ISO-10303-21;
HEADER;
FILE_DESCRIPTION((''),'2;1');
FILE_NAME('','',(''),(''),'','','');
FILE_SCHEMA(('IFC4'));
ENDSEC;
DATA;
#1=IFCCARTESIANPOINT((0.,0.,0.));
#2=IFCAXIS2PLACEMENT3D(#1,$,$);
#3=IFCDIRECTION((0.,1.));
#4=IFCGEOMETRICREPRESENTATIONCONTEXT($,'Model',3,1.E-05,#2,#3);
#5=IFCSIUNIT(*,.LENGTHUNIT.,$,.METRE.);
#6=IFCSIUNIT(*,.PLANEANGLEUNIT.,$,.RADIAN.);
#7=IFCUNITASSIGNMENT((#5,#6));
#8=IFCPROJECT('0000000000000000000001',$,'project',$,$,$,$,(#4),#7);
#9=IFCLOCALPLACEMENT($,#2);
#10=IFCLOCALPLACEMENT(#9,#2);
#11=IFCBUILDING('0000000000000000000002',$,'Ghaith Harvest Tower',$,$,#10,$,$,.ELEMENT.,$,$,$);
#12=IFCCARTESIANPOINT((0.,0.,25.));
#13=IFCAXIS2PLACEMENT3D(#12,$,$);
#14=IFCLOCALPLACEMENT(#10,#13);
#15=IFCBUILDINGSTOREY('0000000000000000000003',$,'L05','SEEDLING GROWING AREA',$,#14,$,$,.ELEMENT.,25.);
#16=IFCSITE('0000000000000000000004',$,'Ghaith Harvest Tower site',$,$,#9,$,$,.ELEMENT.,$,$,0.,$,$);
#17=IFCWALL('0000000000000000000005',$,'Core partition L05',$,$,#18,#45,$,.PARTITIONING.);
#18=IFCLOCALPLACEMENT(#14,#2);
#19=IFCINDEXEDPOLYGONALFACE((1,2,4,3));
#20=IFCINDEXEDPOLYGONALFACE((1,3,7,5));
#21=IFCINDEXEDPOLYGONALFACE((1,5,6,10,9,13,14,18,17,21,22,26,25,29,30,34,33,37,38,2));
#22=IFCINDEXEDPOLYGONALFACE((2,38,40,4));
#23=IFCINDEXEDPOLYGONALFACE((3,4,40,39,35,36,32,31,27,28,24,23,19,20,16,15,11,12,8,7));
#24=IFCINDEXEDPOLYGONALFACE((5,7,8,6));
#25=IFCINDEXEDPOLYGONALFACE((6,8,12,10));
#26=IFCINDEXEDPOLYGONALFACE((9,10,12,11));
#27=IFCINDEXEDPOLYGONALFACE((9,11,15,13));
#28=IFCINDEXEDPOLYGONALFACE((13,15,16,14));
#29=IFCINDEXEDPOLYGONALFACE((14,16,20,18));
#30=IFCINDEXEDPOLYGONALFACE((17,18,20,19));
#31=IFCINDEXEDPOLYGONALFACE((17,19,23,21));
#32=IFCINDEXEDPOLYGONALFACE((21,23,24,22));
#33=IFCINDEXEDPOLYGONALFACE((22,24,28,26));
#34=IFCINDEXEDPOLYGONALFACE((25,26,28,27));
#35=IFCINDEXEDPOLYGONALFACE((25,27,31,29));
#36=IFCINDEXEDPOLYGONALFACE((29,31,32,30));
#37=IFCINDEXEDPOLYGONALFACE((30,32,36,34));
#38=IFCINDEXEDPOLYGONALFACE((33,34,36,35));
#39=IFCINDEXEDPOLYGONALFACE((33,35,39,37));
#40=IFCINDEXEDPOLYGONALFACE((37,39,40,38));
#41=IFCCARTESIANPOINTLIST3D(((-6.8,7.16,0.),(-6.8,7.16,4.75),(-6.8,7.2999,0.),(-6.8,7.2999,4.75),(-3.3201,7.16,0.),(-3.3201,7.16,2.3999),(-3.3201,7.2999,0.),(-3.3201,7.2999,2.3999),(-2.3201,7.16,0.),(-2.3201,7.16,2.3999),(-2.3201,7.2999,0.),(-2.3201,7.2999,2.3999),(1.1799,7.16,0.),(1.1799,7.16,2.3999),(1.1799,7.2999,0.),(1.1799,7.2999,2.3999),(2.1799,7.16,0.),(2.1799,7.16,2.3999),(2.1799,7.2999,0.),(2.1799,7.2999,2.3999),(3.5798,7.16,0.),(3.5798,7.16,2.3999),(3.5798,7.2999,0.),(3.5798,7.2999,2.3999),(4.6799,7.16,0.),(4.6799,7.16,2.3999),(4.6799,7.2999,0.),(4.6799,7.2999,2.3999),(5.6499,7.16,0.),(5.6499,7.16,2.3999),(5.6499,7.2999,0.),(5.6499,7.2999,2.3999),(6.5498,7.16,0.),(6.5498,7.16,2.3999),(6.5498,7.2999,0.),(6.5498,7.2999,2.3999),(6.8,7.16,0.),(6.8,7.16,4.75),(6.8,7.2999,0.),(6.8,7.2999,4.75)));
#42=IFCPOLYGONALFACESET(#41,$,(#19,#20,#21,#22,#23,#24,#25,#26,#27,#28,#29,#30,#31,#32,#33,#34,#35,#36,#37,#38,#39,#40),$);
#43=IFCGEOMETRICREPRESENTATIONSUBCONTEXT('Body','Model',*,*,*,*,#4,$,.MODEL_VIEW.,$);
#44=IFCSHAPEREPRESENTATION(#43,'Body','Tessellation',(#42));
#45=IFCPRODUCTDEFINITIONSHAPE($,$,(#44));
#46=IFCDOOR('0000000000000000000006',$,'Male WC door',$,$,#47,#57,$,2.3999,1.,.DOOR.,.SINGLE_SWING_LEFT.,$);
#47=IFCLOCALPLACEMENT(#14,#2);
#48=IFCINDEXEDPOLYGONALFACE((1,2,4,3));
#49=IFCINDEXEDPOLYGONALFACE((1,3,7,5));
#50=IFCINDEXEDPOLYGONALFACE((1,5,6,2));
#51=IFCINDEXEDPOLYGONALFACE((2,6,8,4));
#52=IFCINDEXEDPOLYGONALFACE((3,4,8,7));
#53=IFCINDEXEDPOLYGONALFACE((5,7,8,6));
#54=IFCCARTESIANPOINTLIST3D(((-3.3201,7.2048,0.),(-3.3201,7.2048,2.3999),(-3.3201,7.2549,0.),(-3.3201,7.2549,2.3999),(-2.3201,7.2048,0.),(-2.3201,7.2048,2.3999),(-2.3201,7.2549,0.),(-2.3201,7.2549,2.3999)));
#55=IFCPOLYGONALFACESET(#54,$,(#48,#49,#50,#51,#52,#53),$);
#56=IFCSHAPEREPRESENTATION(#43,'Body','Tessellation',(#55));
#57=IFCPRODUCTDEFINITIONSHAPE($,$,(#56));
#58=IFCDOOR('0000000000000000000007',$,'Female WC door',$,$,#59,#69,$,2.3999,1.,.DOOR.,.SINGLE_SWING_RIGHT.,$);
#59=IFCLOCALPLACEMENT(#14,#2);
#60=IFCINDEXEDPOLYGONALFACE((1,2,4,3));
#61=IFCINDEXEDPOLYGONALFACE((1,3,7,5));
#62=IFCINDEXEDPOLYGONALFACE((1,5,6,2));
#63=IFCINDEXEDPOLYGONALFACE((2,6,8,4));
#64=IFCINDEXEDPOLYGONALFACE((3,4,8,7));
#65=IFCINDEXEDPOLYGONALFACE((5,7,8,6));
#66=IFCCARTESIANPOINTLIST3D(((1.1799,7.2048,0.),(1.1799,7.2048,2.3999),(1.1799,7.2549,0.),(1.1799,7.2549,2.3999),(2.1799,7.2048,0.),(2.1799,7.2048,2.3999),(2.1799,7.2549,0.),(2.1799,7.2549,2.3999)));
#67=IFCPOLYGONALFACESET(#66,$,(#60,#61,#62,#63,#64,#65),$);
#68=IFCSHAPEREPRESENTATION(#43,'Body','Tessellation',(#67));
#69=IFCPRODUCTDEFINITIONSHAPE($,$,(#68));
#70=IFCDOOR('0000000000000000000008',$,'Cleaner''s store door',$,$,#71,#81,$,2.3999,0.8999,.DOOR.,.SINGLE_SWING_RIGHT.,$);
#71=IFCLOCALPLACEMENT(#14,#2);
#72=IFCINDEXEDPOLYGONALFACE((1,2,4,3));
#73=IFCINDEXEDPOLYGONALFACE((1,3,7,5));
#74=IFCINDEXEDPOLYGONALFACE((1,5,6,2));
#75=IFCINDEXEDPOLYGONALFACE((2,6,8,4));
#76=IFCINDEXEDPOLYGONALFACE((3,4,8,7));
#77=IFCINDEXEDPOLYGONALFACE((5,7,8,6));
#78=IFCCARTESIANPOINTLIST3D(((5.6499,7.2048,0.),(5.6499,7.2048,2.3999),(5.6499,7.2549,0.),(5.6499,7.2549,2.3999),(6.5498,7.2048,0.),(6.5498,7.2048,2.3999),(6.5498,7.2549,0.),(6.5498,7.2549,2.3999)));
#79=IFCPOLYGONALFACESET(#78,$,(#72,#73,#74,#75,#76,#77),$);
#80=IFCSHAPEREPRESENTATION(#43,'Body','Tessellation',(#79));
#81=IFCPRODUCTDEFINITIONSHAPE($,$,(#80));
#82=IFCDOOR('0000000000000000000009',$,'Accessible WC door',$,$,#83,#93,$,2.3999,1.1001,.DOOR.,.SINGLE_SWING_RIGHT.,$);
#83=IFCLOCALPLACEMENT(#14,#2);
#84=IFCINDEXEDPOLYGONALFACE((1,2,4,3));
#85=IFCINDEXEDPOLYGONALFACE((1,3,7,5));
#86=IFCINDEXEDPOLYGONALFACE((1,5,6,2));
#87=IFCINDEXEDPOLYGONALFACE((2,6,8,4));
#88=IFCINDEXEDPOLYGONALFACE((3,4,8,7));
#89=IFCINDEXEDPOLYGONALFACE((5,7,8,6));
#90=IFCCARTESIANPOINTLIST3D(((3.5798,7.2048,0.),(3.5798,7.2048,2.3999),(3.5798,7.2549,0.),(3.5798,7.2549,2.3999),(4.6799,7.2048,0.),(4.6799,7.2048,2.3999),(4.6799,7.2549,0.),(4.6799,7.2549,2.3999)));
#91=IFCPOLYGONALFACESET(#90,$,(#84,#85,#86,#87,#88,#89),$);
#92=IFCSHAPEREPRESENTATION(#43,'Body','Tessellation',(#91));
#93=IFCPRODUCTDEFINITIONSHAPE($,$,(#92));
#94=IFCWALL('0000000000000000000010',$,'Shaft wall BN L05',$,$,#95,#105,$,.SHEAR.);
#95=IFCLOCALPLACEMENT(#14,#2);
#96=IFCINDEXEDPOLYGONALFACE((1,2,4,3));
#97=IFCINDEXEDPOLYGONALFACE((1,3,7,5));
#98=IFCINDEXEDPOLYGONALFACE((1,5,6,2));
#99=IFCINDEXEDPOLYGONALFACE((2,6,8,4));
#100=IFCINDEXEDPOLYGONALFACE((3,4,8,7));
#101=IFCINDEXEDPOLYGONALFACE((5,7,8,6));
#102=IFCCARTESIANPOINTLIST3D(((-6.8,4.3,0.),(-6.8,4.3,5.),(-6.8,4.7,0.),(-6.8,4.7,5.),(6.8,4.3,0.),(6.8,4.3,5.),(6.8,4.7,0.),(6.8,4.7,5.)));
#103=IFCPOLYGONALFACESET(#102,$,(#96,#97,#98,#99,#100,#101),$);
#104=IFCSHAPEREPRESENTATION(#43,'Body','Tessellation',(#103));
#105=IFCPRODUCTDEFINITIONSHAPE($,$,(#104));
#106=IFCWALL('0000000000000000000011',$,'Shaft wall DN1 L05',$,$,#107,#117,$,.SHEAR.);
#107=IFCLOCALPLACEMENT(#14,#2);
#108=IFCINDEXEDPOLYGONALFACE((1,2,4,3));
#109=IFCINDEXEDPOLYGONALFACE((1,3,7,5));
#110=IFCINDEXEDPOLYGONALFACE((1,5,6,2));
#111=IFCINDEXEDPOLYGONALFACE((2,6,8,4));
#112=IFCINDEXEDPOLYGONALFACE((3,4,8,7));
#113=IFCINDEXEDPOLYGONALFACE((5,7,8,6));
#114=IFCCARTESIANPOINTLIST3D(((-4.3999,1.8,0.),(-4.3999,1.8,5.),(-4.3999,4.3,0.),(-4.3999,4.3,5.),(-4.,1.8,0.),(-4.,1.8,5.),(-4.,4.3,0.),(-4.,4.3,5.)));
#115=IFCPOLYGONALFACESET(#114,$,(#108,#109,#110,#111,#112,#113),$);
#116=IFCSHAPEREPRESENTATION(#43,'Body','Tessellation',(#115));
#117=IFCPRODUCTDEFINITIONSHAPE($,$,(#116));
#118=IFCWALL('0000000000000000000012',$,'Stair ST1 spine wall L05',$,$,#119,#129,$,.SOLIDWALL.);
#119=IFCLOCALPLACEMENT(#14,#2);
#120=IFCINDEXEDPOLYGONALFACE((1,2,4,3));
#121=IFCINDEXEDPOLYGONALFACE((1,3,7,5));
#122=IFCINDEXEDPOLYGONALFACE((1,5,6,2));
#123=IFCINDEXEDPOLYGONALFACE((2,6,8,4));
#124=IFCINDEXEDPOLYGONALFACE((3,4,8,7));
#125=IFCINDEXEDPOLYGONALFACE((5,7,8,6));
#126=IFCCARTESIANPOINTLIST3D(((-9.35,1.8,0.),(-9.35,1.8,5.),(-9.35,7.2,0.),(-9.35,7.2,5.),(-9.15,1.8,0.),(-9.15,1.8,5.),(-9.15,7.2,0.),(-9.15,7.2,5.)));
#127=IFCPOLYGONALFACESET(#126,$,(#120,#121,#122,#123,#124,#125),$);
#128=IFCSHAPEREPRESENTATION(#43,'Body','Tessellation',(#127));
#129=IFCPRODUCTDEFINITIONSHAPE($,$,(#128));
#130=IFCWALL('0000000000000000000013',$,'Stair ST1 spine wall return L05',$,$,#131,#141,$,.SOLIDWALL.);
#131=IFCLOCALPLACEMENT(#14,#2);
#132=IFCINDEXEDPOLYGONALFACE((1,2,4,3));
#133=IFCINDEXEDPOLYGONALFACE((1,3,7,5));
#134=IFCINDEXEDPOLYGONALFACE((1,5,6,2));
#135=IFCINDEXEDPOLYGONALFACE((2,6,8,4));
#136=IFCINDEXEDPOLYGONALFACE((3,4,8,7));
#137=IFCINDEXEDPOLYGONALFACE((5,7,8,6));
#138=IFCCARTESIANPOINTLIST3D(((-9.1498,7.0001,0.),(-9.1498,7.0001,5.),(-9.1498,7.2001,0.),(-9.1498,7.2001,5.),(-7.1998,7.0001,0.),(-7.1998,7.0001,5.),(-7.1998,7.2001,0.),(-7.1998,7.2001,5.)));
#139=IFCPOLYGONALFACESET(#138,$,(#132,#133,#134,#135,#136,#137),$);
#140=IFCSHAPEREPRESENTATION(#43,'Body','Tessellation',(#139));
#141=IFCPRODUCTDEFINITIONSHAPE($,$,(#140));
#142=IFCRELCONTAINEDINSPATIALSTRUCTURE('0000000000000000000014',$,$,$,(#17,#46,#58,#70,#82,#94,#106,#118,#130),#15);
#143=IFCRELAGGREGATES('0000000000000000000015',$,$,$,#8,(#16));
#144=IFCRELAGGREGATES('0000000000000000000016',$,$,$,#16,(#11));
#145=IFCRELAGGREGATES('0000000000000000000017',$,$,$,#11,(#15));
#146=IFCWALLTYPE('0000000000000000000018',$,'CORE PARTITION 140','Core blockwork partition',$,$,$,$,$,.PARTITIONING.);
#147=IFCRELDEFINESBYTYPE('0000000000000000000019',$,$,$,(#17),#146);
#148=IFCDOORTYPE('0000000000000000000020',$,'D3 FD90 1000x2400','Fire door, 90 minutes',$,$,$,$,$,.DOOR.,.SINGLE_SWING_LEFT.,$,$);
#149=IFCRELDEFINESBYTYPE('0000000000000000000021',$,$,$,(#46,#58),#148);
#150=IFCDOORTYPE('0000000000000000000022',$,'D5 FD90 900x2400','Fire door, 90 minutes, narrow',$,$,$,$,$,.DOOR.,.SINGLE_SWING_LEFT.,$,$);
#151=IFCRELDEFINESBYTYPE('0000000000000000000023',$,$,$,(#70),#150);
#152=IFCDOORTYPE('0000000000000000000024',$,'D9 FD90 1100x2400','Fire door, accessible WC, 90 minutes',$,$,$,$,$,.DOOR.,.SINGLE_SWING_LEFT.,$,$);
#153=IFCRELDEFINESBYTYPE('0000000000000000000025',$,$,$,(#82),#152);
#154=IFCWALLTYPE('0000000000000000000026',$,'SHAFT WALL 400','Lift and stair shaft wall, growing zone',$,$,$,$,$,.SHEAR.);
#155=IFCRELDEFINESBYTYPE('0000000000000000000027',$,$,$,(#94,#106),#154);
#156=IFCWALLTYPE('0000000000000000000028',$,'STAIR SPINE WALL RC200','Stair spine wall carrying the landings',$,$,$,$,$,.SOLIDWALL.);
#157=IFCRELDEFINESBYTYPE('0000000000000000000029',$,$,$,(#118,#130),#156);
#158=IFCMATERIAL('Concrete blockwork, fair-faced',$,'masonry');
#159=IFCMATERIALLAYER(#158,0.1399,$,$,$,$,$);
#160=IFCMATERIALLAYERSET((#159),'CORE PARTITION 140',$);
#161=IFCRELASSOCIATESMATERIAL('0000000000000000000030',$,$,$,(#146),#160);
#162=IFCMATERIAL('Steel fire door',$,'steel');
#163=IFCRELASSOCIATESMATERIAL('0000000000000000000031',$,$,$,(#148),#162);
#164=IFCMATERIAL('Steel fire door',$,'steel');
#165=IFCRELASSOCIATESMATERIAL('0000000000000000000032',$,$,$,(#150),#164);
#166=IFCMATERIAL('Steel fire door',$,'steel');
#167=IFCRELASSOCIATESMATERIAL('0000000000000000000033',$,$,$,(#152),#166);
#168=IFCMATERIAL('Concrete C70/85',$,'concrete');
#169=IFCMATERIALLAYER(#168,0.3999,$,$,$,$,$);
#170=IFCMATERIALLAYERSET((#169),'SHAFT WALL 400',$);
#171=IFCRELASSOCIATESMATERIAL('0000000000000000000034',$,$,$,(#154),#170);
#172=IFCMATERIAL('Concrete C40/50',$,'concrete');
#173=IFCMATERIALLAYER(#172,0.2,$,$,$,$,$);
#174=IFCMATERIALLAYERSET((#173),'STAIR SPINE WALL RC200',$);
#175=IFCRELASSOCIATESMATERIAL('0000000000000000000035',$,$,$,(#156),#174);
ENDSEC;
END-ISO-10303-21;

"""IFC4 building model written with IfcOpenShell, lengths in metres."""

from ifc_helpers import new_model, si_unit, direction, frame, frame_2d, origin, place, context, subcontext, project, spatial, rectangle, extrude, material, layer, layer_set, type_object, element, fill, save


model = new_model("IFC4")

# Units and contexts
model_context = context("Model", 3, precision=1e-05, world=origin(), true_north=direction((0.0, 1.0)))
body_context = subcontext(model_context, "Body", "Model", "MODEL_VIEW")
ifc_project = project(units=[si_unit("LENGTHUNIT", "METRE"), si_unit("PLANEANGLEUNIT", "RADIAN")], contexts=[model_context])

# Site, building, storey
site_placement = place(None, origin())
site = spatial("IfcSite", under=ifc_project, at=site_placement, Name="Ghaith Harvest Tower site", CompositionType="ELEMENT", RefElevation=0.0)
building_placement = place(site_placement, origin())
building = spatial("IfcBuilding", under=site, at=building_placement, Name="Ghaith Harvest Tower", CompositionType="ELEMENT")
storey_placement = place(building_placement, frame((0.0, 0.0, 25.0)))
storey = spatial("IfcBuildingStorey", under=building, at=storey_placement, Name="L05", Description="SEEDLING GROWING AREA", CompositionType="ELEMENT", Elevation=25.0)

# Wall, openings, doors
ifc_material_1 = material(Name="Concrete blockwork, fair-faced", Category="masonry")
ifc_layer_1 = layer(ifc_material_1, 0.1399)
ifc_layer_set_1 = layer_set([ifc_layer_1], Name="CORE PARTITION 140")
wall_type_1 = type_object("IfcWallType", Name="CORE PARTITION 140", Description="Core blockwork partition", PredefinedType="PARTITIONING", material=ifc_layer_set_1)
wall_1_placement = place(storey_placement, frame((-6.8, 7.23, 0.0), z_axis=(0.0, 0.0, 1.0), x_axis=(1.0, 0.0, 0.0)))
wall_1 = element("IfcWall", 1, at=wall_1_placement, inside=storey, type_object=wall_type_1, Name="Core partition L05", PredefinedType="PARTITIONING", context=body_context, shape_type="SweptSolid", body=[
    extrude(rectangle(XDim=13.6001, YDim=0.1399, at=frame_2d((6.8, 0.0))), origin(), (0.0, 0.0, 1.0), 4.75),
])
opening_1_placement = place(wall_1_placement, frame((3.48, 0.0, 0.0)))
opening_1 = element("IfcOpeningElement", 2, at=opening_1_placement, cuts=wall_1, PredefinedType="OPENING", context=body_context, shape_type="SweptSolid", body=[
    extrude(rectangle(XDim=1.0, YDim=2.3999, at=frame_2d((0.5, 1.2))), frame((0.0, 0.0801, 0.0), z_axis=(0.0, -1.0, 0.0), x_axis=(1.0, 0.0, 0.0)), (0.0, 0.0, 1.0), 0.1599),
])
opening_2_placement = place(wall_1_placement, frame((7.98, 0.0, 0.0)))
opening_2 = element("IfcOpeningElement", 3, at=opening_2_placement, cuts=wall_1, PredefinedType="OPENING", context=body_context, shape_type="SweptSolid", body=[
    extrude(rectangle(XDim=1.0, YDim=2.3999, at=frame_2d((0.5, 1.2))), frame((0.0, 0.0801, 0.0), z_axis=(0.0, -1.0, 0.0), x_axis=(1.0, 0.0, 0.0)), (0.0, 0.0, 1.0), 0.1599),
])
opening_3_placement = place(wall_1_placement, frame((10.3799, 0.0, 0.0)))
opening_3 = element("IfcOpeningElement", 4, at=opening_3_placement, cuts=wall_1, PredefinedType="OPENING", context=body_context, shape_type="SweptSolid", body=[
    extrude(rectangle(XDim=1.1001, YDim=2.3999, at=frame_2d((0.55, 1.2))), frame((0.0, 0.0801, 0.0), z_axis=(0.0, -1.0, 0.0), x_axis=(1.0, 0.0, 0.0)), (0.0, 0.0, 1.0), 0.1599),
])
opening_4_placement = place(wall_1_placement, frame((12.45, 0.0, 0.0)))
opening_4 = element("IfcOpeningElement", 5, at=opening_4_placement, cuts=wall_1, PredefinedType="OPENING", context=body_context, shape_type="SweptSolid", body=[
    extrude(rectangle(XDim=0.8999, YDim=2.3999, at=frame_2d((0.45, 1.2))), frame((0.0, 0.0801, 0.0), z_axis=(0.0, -1.0, 0.0), x_axis=(1.0, 0.0, 0.0)), (0.0, 0.0, 1.0), 0.1599),
])
ifc_material_2 = material(Name="Steel fire door", Category="steel")
door_type_1 = type_object("IfcDoorType", Name="D3 FD90 1000x2400", Description="Fire door, 90 minutes", OperationType="SINGLE_SWING_LEFT", PredefinedType="DOOR", material=ifc_material_2)
door_1_placement = place(opening_1_placement, origin())
door_1 = element("IfcDoor", 6, at=door_1_placement, inside=storey, type_object=door_type_1, Name="Male WC door", OperationType="SINGLE_SWING_LEFT", OverallHeight=2.3999, OverallWidth=1.0, PredefinedType="DOOR", context=body_context, shape_type="SweptSolid", body=[
    extrude(rectangle(XDim=1.0, YDim=2.3999, at=frame_2d((0.5, 1.2))), frame((0.0, 0.0249, 0.0), z_axis=(0.0, -1.0, 0.0), x_axis=(1.0, 0.0, 0.0)), (0.0, 0.0, 1.0), 0.05),
])
fill(opening_1, door_1)
door_2_placement = place(opening_2_placement, origin())
door_2 = element("IfcDoor", 7, at=door_2_placement, inside=storey, type_object=door_type_1, Name="Female WC door", OperationType="SINGLE_SWING_RIGHT", OverallHeight=2.3999, OverallWidth=1.0, PredefinedType="DOOR", context=body_context, shape_type="SweptSolid", body=[
    extrude(rectangle(XDim=1.0, YDim=2.3999, at=frame_2d((0.5, 1.2))), frame((0.0, 0.0249, 0.0), z_axis=(0.0, -1.0, 0.0), x_axis=(1.0, 0.0, 0.0)), (0.0, 0.0, 1.0), 0.05),
])
fill(opening_2, door_2)
ifc_material_3 = material(Name="Steel fire door", Category="steel")
door_type_2 = type_object("IfcDoorType", Name="D5 FD90 900x2400", Description="Fire door, 90 minutes, narrow", OperationType="SINGLE_SWING_LEFT", PredefinedType="DOOR", material=ifc_material_3)
door_3_placement = place(opening_4_placement, origin())
door_3 = element("IfcDoor", 8, at=door_3_placement, inside=storey, type_object=door_type_2, Name="Cleaner's store door", OperationType="SINGLE_SWING_RIGHT", OverallHeight=2.3999, OverallWidth=0.8999, PredefinedType="DOOR", context=body_context, shape_type="SweptSolid", body=[
    extrude(rectangle(XDim=0.8999, YDim=2.3999, at=frame_2d((0.45, 1.2))), frame((0.0, 0.0249, 0.0), z_axis=(0.0, -1.0, 0.0), x_axis=(1.0, 0.0, 0.0)), (0.0, 0.0, 1.0), 0.05),
])
fill(opening_4, door_3)
ifc_material_4 = material(Name="Steel fire door", Category="steel")
door_type_3 = type_object("IfcDoorType", Name="D9 FD90 1100x2400", Description="Fire door, accessible WC, 90 minutes", OperationType="SINGLE_SWING_LEFT", PredefinedType="DOOR", material=ifc_material_4)
door_4_placement = place(opening_3_placement, origin())
door_4 = element("IfcDoor", 9, at=door_4_placement, inside=storey, type_object=door_type_3, Name="Accessible WC door", OperationType="SINGLE_SWING_RIGHT", OverallHeight=2.3999, OverallWidth=1.1001, PredefinedType="DOOR", context=body_context, shape_type="SweptSolid", body=[
    extrude(rectangle(XDim=1.1001, YDim=2.3999, at=frame_2d((0.55, 1.2))), frame((0.0, 0.0249, 0.0), z_axis=(0.0, -1.0, 0.0), x_axis=(1.0, 0.0, 0.0)), (0.0, 0.0, 1.0), 0.05),
])
fill(opening_3, door_4)
ifc_material_5 = material(Name="Concrete C70/85", Category="concrete")
ifc_layer_2 = layer(ifc_material_5, 0.3999)
ifc_layer_set_2 = layer_set([ifc_layer_2], Name="SHAFT WALL 400")
wall_type_2 = type_object("IfcWallType", Name="SHAFT WALL 400", Description="Lift and stair shaft wall, growing zone", PredefinedType="SHEAR", material=ifc_layer_set_2)

# Walls
wall_2_placement = place(storey_placement, frame((-6.8, 4.5, 0.0), z_axis=(0.0, 0.0, 1.0), x_axis=(1.0, 0.0, 0.0)))
element("IfcWall", 10, at=wall_2_placement, inside=storey, type_object=wall_type_2, Name="Shaft wall BN L05", PredefinedType="SHEAR", context=body_context, shape_type="SweptSolid", body=[
    extrude(rectangle(XDim=13.6001, YDim=0.3999, at=frame_2d((6.8, 0.0))), origin(), (0.0, 0.0, 1.0), 5.0),
])
wall_3_placement = place(storey_placement, frame((-4.2, 1.8, 0.0), z_axis=(0.0, 0.0, 1.0), x_axis=(0.0, 1.0, 0.0)))
element("IfcWall", 11, at=wall_3_placement, inside=storey, type_object=wall_type_2, Name="Shaft wall DN1 L05", PredefinedType="SHEAR", context=body_context, shape_type="SweptSolid", body=[
    extrude(rectangle(XDim=2.5, YDim=0.3999, at=frame_2d((1.25, 0.0))), origin(), (0.0, 0.0, 1.0), 5.0),
])
ifc_material_6 = material(Name="Concrete C40/50", Category="concrete")
ifc_layer_3 = layer(ifc_material_6, 0.2)
ifc_layer_set_3 = layer_set([ifc_layer_3], Name="STAIR SPINE WALL RC200")
wall_type_3 = type_object("IfcWallType", Name="STAIR SPINE WALL RC200", Description="Stair spine wall carrying the landings", PredefinedType="SOLIDWALL", material=ifc_layer_set_3)
wall_4_placement = place(storey_placement, frame((-9.25, 7.2, 0.0), z_axis=(0.0, 0.0, 1.0), x_axis=(0.0, -1.0, 0.0)))
element("IfcWall", 12, at=wall_4_placement, inside=storey, type_object=wall_type_3, Name="Stair ST1 spine wall L05", PredefinedType="SOLIDWALL", context=body_context, shape_type="SweptSolid", body=[
    extrude(rectangle(XDim=5.3999, YDim=0.2, at=frame_2d((2.7, 0.0))), origin(), (0.0, 0.0, 1.0), 5.0),
])
wall_5_placement = place(storey_placement, frame((-9.1499, 7.1001, 0.0), z_axis=(0.0, 0.0, 1.0), x_axis=(1.0, 0.0, 0.0)))
element("IfcWall", 13, at=wall_5_placement, inside=storey, type_object=wall_type_3, Name="Stair ST1 spine wall return L05", PredefinedType="SOLIDWALL", context=body_context, shape_type="SweptSolid", body=[
    extrude(rectangle(XDim=1.95, YDim=0.2, at=frame_2d((0.9751, 0.0))), origin(), (0.0, 0.0, 1.0), 5.0),
])

save(model, "model.ifc")
